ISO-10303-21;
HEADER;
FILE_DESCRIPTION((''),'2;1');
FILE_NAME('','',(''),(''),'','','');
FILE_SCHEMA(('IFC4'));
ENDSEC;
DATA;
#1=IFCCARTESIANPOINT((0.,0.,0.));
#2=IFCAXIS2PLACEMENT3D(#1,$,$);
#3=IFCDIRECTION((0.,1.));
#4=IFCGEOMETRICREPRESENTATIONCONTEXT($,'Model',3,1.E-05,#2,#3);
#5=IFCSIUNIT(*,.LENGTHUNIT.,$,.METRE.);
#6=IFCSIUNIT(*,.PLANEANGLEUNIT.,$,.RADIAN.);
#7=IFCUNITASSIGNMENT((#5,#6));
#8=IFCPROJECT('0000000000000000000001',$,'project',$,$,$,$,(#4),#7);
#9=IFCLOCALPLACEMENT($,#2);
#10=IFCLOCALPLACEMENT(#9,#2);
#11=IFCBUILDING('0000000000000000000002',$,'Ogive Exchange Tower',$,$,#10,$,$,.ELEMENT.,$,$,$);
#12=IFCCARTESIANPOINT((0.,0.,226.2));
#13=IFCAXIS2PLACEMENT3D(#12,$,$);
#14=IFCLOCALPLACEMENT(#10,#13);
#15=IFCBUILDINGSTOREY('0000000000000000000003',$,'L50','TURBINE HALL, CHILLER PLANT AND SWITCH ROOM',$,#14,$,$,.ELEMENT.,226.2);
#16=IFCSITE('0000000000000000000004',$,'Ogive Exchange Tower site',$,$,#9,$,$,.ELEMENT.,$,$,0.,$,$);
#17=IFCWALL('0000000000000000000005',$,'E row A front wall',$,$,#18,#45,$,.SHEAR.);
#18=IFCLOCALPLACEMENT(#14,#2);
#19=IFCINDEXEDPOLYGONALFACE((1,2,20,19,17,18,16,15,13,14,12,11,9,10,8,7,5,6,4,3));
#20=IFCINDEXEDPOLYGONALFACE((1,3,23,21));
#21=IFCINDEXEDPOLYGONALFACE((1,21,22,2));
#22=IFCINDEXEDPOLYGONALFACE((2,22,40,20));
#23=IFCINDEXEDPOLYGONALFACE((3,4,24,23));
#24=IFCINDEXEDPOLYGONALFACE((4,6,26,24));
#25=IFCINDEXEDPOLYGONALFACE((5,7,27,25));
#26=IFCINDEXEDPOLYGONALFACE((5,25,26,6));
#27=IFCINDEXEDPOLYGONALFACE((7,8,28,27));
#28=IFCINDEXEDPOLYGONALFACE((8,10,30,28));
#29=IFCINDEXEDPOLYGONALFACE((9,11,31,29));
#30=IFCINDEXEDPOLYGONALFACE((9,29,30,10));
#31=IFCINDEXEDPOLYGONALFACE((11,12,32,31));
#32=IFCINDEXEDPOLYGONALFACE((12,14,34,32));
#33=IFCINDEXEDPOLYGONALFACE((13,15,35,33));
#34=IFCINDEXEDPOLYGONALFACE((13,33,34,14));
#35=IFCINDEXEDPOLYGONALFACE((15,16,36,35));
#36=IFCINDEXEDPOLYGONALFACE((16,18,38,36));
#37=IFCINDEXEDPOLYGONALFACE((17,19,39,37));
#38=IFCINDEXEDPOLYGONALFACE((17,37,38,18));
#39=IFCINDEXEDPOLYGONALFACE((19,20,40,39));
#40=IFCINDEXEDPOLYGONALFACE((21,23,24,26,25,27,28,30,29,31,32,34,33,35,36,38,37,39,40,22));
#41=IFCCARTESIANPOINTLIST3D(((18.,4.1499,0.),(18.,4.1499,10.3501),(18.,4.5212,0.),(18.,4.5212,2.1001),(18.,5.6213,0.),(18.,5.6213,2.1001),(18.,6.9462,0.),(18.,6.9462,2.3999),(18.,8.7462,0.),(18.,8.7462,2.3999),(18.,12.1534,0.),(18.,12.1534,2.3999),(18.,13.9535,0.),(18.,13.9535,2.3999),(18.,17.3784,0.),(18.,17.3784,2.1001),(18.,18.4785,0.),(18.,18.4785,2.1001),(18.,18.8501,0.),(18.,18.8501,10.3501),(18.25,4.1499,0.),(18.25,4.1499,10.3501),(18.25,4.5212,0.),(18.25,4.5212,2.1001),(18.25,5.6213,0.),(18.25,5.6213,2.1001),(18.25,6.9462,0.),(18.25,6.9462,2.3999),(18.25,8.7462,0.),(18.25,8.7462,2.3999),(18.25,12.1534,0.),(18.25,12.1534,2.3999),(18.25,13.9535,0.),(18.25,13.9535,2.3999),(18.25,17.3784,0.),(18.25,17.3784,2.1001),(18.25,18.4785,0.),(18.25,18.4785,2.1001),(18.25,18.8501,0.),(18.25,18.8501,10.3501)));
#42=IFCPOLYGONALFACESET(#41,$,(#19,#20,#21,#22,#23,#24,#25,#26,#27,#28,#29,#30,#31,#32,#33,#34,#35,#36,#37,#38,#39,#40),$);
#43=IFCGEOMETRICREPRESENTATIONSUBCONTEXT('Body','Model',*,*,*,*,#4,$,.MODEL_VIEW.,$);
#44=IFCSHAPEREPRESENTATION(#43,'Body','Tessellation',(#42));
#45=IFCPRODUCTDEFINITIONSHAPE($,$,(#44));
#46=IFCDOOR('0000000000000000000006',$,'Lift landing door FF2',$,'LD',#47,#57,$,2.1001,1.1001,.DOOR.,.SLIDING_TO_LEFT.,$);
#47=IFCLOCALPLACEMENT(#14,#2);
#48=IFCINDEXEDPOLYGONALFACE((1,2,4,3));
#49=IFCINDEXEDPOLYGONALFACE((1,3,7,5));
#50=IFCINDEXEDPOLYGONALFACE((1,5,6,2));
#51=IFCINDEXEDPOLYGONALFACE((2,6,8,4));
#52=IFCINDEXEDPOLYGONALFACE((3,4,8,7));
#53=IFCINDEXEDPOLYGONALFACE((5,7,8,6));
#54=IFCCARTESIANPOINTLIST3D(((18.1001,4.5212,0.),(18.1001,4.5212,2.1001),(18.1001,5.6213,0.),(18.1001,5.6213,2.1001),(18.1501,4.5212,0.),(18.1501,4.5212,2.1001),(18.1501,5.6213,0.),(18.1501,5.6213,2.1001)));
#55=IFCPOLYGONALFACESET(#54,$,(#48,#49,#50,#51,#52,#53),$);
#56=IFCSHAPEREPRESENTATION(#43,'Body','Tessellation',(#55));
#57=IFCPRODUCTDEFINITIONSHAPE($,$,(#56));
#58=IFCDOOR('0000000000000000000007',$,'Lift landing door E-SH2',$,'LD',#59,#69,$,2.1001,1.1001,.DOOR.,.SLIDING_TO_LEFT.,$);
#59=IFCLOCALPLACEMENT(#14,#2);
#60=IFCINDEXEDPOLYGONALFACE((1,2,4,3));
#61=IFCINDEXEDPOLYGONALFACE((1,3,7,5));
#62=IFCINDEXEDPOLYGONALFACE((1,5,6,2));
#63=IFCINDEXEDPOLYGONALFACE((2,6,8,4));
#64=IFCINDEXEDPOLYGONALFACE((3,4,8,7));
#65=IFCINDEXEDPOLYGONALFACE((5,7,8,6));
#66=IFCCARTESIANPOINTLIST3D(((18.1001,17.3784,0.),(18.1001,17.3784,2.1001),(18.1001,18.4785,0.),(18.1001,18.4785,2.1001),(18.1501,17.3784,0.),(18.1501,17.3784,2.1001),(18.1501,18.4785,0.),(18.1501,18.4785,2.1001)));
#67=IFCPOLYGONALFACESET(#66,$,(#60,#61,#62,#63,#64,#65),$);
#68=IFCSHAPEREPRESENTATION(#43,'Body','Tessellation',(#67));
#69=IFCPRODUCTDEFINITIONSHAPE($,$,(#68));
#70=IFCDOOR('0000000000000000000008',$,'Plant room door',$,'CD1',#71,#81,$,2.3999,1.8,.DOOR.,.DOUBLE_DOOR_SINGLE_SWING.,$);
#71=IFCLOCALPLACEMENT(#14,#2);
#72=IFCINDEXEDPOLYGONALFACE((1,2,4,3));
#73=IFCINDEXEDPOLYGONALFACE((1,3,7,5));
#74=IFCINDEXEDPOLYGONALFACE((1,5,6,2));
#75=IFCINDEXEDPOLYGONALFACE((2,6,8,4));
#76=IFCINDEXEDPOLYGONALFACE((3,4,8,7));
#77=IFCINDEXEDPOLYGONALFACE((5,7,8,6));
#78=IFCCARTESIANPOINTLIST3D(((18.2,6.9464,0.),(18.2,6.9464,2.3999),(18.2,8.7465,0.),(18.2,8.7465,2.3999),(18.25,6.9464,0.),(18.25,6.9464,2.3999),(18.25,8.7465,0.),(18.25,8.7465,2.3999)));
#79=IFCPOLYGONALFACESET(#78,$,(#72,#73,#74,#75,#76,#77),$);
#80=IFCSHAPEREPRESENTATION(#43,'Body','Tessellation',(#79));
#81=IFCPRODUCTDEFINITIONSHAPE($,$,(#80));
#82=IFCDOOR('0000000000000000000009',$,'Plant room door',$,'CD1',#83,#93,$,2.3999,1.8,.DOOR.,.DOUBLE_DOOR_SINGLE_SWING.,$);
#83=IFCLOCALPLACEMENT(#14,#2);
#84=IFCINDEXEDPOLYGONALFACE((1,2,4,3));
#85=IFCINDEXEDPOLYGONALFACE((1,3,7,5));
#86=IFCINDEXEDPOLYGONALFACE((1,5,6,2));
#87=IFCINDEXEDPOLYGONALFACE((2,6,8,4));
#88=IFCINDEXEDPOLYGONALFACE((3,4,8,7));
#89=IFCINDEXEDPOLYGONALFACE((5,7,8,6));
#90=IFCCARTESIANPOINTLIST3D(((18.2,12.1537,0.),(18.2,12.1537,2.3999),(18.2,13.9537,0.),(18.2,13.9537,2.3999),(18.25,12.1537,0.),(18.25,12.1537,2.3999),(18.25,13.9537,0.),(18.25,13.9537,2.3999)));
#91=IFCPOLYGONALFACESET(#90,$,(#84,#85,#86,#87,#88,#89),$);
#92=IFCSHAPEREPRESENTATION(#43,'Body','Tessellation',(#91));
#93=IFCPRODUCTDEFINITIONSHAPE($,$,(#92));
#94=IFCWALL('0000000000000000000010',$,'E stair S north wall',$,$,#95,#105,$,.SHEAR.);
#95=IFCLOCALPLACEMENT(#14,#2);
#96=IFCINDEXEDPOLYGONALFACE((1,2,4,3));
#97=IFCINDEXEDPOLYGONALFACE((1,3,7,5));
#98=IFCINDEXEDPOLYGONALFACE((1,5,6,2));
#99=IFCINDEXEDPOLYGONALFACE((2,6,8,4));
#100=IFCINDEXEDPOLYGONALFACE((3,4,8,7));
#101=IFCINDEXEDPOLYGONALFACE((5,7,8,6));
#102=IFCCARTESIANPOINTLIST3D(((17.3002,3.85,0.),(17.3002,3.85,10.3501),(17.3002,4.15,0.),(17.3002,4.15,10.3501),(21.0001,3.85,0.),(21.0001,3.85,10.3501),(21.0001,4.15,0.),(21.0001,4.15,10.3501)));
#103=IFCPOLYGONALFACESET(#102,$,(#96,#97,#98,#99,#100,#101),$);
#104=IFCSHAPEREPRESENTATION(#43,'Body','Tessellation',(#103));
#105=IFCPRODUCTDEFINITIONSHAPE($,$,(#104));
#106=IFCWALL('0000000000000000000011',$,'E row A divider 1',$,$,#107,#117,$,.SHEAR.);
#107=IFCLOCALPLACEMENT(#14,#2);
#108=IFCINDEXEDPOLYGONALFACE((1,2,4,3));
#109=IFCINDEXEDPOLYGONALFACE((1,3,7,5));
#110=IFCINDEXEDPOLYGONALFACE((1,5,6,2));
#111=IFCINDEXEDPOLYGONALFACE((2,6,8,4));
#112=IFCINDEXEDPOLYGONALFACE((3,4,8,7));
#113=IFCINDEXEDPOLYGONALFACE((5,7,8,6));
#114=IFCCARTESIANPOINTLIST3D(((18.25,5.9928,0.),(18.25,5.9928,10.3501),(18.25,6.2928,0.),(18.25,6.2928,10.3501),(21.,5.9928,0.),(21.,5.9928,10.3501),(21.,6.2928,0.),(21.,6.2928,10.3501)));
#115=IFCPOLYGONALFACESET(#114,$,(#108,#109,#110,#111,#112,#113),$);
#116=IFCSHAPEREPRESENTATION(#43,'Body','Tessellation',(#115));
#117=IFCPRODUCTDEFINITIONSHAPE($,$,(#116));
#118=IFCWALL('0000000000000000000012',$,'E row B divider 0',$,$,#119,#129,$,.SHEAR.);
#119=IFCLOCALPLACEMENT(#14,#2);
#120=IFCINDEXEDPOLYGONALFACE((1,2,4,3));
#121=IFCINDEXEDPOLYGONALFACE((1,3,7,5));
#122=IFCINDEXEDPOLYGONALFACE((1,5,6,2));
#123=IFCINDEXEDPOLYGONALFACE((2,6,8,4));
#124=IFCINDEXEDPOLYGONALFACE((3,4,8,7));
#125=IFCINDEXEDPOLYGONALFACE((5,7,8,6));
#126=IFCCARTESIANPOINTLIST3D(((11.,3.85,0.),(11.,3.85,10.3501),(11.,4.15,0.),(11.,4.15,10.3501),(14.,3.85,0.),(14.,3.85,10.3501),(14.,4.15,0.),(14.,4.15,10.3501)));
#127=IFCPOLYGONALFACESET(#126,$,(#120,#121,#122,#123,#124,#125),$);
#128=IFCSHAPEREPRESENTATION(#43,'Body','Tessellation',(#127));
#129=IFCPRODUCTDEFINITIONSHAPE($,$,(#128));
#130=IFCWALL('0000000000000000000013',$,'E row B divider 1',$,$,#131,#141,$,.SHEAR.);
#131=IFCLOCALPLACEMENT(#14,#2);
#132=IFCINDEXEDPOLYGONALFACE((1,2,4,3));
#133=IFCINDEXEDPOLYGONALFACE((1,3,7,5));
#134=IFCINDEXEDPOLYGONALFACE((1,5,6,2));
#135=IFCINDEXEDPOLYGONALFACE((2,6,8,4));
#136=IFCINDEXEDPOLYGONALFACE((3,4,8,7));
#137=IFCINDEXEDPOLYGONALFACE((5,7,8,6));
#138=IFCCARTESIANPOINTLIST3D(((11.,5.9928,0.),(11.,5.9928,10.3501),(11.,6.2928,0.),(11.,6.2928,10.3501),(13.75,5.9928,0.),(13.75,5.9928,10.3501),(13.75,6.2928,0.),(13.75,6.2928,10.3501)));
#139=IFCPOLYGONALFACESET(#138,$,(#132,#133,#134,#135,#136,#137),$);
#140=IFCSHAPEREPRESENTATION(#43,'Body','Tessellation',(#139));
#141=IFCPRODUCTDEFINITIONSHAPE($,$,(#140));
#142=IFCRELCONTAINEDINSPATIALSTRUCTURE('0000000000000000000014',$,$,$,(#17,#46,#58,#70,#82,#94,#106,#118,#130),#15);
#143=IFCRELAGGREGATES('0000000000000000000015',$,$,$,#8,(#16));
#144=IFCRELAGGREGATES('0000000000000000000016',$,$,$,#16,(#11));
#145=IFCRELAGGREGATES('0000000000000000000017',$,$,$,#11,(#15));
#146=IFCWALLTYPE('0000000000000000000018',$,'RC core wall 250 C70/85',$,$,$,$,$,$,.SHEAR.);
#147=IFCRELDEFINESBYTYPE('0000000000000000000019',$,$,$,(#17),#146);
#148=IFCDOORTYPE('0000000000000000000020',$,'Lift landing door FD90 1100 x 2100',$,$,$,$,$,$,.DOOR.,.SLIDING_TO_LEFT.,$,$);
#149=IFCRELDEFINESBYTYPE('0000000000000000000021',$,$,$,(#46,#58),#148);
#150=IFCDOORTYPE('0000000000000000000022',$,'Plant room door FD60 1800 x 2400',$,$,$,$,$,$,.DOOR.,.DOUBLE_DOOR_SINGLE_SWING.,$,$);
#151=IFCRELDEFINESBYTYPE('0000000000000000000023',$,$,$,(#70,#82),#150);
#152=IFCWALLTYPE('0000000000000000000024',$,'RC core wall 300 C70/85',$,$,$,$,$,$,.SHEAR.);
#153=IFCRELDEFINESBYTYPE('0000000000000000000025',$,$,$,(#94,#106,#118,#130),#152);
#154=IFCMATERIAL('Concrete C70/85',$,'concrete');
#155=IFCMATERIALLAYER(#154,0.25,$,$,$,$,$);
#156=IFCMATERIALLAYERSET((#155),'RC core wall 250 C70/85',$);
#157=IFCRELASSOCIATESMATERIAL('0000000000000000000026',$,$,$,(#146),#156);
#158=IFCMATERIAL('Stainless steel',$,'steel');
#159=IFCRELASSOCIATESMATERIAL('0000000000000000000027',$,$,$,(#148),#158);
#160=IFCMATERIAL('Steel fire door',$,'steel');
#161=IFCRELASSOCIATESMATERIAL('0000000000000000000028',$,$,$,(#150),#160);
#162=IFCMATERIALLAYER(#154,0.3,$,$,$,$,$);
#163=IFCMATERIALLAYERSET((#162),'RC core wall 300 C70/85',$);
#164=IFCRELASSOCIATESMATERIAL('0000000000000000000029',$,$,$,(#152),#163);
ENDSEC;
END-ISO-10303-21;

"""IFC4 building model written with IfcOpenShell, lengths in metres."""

from ifc_helpers import new_model, si_unit, direction, frame, frame_2d, origin, place, context, subcontext, project, spatial, rectangle, extrude, material, layer, layer_set, type_object, element, fill, save


model = new_model("IFC4")

# Units and contexts
model_context = context("Model", 3, precision=1e-05, world=origin(), true_north=direction((0.0, 1.0)))
body_context = subcontext(model_context, "Body", "Model", "MODEL_VIEW")
ifc_project = project(units=[si_unit("LENGTHUNIT", "METRE"), si_unit("PLANEANGLEUNIT", "RADIAN")], contexts=[model_context])

# Site, building, storey
site_placement = place(None, origin())
site = spatial("IfcSite", under=ifc_project, at=site_placement, Name="Ogive Exchange Tower site", CompositionType="ELEMENT", RefElevation=0.0)
building_placement = place(site_placement, origin())
building = spatial("IfcBuilding", under=site, at=building_placement, Name="Ogive Exchange Tower", CompositionType="ELEMENT")
storey_placement = place(building_placement, frame((0.0, 0.0, 226.2)))
storey = spatial("IfcBuildingStorey", under=building, at=storey_placement, Name="L50", Description="TURBINE HALL, CHILLER PLANT AND SWITCH ROOM", CompositionType="ELEMENT", Elevation=226.2)

# Shared definitions
ifc_material_1 = material(Name="Concrete C70/85", Category="concrete")
ifc_material_2 = material(Name="Steel fire door", Category="steel")

# Wall, openings, doors
ifc_layer_1 = layer(ifc_material_1, 0.25)
ifc_layer_set_1 = layer_set([ifc_layer_1], Name="RC core wall 250 C70/85")
wall_type_1 = type_object("IfcWallType", Name="RC core wall 250 C70/85", PredefinedType="SHEAR", material=ifc_layer_set_1)
wall_1_placement = place(storey_placement, frame((18.125, 4.1499, 0.0), z_axis=(0.0, 0.0, 1.0), x_axis=(0.0, 1.0, 0.0)))
wall_1 = element("IfcWall", 1, at=wall_1_placement, inside=storey, type_object=wall_type_1, Name="E row A front wall", PredefinedType="SHEAR", context=body_context, shape_type="SweptSolid", body=[
    extrude(rectangle(XDim=14.7002, YDim=0.25, at=frame_2d((7.3501, 0.0))), origin(), (0.0, 0.0, 1.0), 10.3501),
])
opening_1_placement = place(wall_1_placement, frame((2.7964, 0.0, 0.0)))
opening_1 = element("IfcOpeningElement", 2, at=opening_1_placement, cuts=wall_1, PredefinedType="OPENING", context=body_context, shape_type="SweptSolid", body=[
    extrude(rectangle(XDim=1.8, YDim=2.3999, at=frame_2d((0.8999, 1.2))), frame((0.0, 0.135, 0.0), z_axis=(0.0, -1.0, 0.0), x_axis=(1.0, 0.0, 0.0)), (0.0, 0.0, 1.0), 0.27),
])
opening_2_placement = place(wall_1_placement, frame((8.0037, 0.0, 0.0)))
opening_2 = element("IfcOpeningElement", 3, at=opening_2_placement, cuts=wall_1, PredefinedType="OPENING", context=body_context, shape_type="SweptSolid", body=[
    extrude(rectangle(XDim=1.8, YDim=2.3999, at=frame_2d((0.8999, 1.2))), frame((0.0, 0.135, 0.0), z_axis=(0.0, -1.0, 0.0), x_axis=(1.0, 0.0, 0.0)), (0.0, 0.0, 1.0), 0.27),
])
opening_3_placement = place(wall_1_placement, frame((0.3713, 0.0, 0.0)))
opening_3 = element("IfcOpeningElement", 4, at=opening_3_placement, cuts=wall_1, PredefinedType="OPENING", context=body_context, shape_type="SweptSolid", body=[
    extrude(rectangle(XDim=1.1001, YDim=2.1001, at=frame_2d((0.55, 1.05))), frame((0.0, 0.135, 0.0), z_axis=(0.0, -1.0, 0.0), x_axis=(1.0, 0.0, 0.0)), (0.0, 0.0, 1.0), 0.27),
])
opening_4_placement = place(wall_1_placement, frame((13.2285, 0.0, 0.0)))
opening_4 = element("IfcOpeningElement", 5, at=opening_4_placement, cuts=wall_1, PredefinedType="OPENING", context=body_context, shape_type="SweptSolid", body=[
    extrude(rectangle(XDim=1.1001, YDim=2.1001, at=frame_2d((0.55, 1.05))), frame((0.0, 0.135, 0.0), z_axis=(0.0, -1.0, 0.0), x_axis=(1.0, 0.0, 0.0)), (0.0, 0.0, 1.0), 0.27),
])
ifc_material_3 = material(Name="Stainless steel", Category="steel")
door_type_1 = type_object("IfcDoorType", Name="Lift landing door FD90 1100 x 2100", OperationType="SLIDING_TO_LEFT", PredefinedType="DOOR", material=ifc_material_3)
door_1_placement = place(opening_3_placement, origin())
door_1 = element("IfcDoor", 6, at=door_1_placement, inside=storey, type_object=door_type_1, Name="Lift landing door FF2", ObjectType="LD", OperationType="SLIDING_TO_LEFT", OverallHeight=2.1001, OverallWidth=1.1001, PredefinedType="DOOR", context=body_context, shape_type="SweptSolid", body=[
    extrude(rectangle(XDim=1.1001, YDim=2.1001, at=frame_2d((0.55, 1.05))), frame((0.0, 0.0249, 0.0), z_axis=(0.0, -1.0, 0.0), x_axis=(1.0, 0.0, 0.0)), (0.0, 0.0, 1.0), 0.05),
])
fill(opening_3, door_1)
door_2_placement = place(opening_4_placement, origin())
door_2 = element("IfcDoor", 7, at=door_2_placement, inside=storey, type_object=door_type_1, Name="Lift landing door E-SH2", ObjectType="LD", OperationType="SLIDING_TO_LEFT", OverallHeight=2.1001, OverallWidth=1.1001, PredefinedType="DOOR", context=body_context, shape_type="SweptSolid", body=[
    extrude(rectangle(XDim=1.1001, YDim=2.1001, at=frame_2d((0.55, 1.05))), frame((0.0, 0.0249, 0.0), z_axis=(0.0, -1.0, 0.0), x_axis=(1.0, 0.0, 0.0)), (0.0, 0.0, 1.0), 0.05),
])
fill(opening_4, door_2)
door_type_2 = type_object("IfcDoorType", Name="Plant room door FD60 1800 x 2400", OperationType="DOUBLE_DOOR_SINGLE_SWING", PredefinedType="DOOR", material=ifc_material_2)
door_3_placement = place(opening_1_placement, frame((1.8, -0.2002, 0.0), z_axis=(0.0, 0.0, 1.0), x_axis=(-1.0, 0.0, 0.0)))
door_3 = element("IfcDoor", 8, at=door_3_placement, inside=storey, type_object=door_type_2, Name="Plant room door", ObjectType="CD1", OperationType="DOUBLE_DOOR_SINGLE_SWING", OverallHeight=2.3999, OverallWidth=1.8, PredefinedType="DOOR", context=body_context, shape_type="SweptSolid", body=[
    extrude(rectangle(XDim=1.8, YDim=2.3999, at=frame_2d((0.8999, 1.2))), frame((0.0, -0.0752, 0.0), z_axis=(0.0, -1.0, 0.0), x_axis=(1.0, 0.0, 0.0)), (0.0, 0.0, 1.0), 0.05),
])
fill(opening_1, door_3)
door_4_placement = place(opening_2_placement, frame((1.8, -0.2002, 0.0), z_axis=(0.0, 0.0, 1.0), x_axis=(-1.0, 0.0, 0.0)))
door_4 = element("IfcDoor", 9, at=door_4_placement, inside=storey, type_object=door_type_2, Name="Plant room door", ObjectType="CD1", OperationType="DOUBLE_DOOR_SINGLE_SWING", OverallHeight=2.3999, OverallWidth=1.8, PredefinedType="DOOR", context=body_context, shape_type="SweptSolid", body=[
    extrude(rectangle(XDim=1.8, YDim=2.3999, at=frame_2d((0.8999, 1.2))), frame((0.0, -0.0752, 0.0), z_axis=(0.0, -1.0, 0.0), x_axis=(1.0, 0.0, 0.0)), (0.0, 0.0, 1.0), 0.05),
])
fill(opening_2, door_4)

# Walls
ifc_layer_2 = layer(ifc_material_1, 0.3)
ifc_layer_set_2 = layer_set([ifc_layer_2], Name="RC core wall 300 C70/85")
wall_type_2 = type_object("IfcWallType", Name="RC core wall 300 C70/85", PredefinedType="SHEAR", material=ifc_layer_set_2)
wall_2_placement = place(storey_placement, frame((17.3, 4.0, 0.0), z_axis=(0.0, 0.0, 1.0), x_axis=(1.0, 0.0, 0.0)))
element("IfcWall", 10, at=wall_2_placement, inside=storey, type_object=wall_type_2, Name="E stair S north wall", PredefinedType="SHEAR", context=body_context, shape_type="SweptSolid", body=[
    extrude(rectangle(XDim=3.7, YDim=0.3, at=frame_2d((1.8501, 0.0))), origin(), (0.0, 0.0, 1.0), 10.3501),
])
wall_3_placement = place(storey_placement, frame((18.25, 6.1428, 0.0), z_axis=(0.0, 0.0, 1.0), x_axis=(1.0, 0.0, 0.0)))
element("IfcWall", 11, at=wall_3_placement, inside=storey, type_object=wall_type_2, Name="E row A divider 1", PredefinedType="SHEAR", context=body_context, shape_type="SweptSolid", body=[
    extrude(rectangle(XDim=2.75, YDim=0.3, at=frame_2d((1.375, 0.0))), origin(), (0.0, 0.0, 1.0), 10.3501),
])
wall_4_placement = place(storey_placement, frame((11.0, 4.0, 0.0), z_axis=(0.0, 0.0, 1.0), x_axis=(1.0, 0.0, 0.0)))
element("IfcWall", 12, at=wall_4_placement, inside=storey, type_object=wall_type_2, Name="E row B divider 0", PredefinedType="SHEAR", context=body_context, shape_type="SweptSolid", body=[
    extrude(rectangle(XDim=3.0, YDim=0.3, at=frame_2d((1.5, 0.0))), origin(), (0.0, 0.0, 1.0), 10.3501),
])
wall_5_placement = place(storey_placement, frame((11.0, 6.1428, 0.0), z_axis=(0.0, 0.0, 1.0), x_axis=(1.0, 0.0, 0.0)))
element("IfcWall", 13, at=wall_5_placement, inside=storey, type_object=wall_type_2, Name="E row B divider 1", PredefinedType="SHEAR", context=body_context, shape_type="SweptSolid", body=[
    extrude(rectangle(XDim=2.75, YDim=0.3, at=frame_2d((1.375, 0.0))), origin(), (0.0, 0.0, 1.0), 10.3501),
])

save(model, "model.ifc")
